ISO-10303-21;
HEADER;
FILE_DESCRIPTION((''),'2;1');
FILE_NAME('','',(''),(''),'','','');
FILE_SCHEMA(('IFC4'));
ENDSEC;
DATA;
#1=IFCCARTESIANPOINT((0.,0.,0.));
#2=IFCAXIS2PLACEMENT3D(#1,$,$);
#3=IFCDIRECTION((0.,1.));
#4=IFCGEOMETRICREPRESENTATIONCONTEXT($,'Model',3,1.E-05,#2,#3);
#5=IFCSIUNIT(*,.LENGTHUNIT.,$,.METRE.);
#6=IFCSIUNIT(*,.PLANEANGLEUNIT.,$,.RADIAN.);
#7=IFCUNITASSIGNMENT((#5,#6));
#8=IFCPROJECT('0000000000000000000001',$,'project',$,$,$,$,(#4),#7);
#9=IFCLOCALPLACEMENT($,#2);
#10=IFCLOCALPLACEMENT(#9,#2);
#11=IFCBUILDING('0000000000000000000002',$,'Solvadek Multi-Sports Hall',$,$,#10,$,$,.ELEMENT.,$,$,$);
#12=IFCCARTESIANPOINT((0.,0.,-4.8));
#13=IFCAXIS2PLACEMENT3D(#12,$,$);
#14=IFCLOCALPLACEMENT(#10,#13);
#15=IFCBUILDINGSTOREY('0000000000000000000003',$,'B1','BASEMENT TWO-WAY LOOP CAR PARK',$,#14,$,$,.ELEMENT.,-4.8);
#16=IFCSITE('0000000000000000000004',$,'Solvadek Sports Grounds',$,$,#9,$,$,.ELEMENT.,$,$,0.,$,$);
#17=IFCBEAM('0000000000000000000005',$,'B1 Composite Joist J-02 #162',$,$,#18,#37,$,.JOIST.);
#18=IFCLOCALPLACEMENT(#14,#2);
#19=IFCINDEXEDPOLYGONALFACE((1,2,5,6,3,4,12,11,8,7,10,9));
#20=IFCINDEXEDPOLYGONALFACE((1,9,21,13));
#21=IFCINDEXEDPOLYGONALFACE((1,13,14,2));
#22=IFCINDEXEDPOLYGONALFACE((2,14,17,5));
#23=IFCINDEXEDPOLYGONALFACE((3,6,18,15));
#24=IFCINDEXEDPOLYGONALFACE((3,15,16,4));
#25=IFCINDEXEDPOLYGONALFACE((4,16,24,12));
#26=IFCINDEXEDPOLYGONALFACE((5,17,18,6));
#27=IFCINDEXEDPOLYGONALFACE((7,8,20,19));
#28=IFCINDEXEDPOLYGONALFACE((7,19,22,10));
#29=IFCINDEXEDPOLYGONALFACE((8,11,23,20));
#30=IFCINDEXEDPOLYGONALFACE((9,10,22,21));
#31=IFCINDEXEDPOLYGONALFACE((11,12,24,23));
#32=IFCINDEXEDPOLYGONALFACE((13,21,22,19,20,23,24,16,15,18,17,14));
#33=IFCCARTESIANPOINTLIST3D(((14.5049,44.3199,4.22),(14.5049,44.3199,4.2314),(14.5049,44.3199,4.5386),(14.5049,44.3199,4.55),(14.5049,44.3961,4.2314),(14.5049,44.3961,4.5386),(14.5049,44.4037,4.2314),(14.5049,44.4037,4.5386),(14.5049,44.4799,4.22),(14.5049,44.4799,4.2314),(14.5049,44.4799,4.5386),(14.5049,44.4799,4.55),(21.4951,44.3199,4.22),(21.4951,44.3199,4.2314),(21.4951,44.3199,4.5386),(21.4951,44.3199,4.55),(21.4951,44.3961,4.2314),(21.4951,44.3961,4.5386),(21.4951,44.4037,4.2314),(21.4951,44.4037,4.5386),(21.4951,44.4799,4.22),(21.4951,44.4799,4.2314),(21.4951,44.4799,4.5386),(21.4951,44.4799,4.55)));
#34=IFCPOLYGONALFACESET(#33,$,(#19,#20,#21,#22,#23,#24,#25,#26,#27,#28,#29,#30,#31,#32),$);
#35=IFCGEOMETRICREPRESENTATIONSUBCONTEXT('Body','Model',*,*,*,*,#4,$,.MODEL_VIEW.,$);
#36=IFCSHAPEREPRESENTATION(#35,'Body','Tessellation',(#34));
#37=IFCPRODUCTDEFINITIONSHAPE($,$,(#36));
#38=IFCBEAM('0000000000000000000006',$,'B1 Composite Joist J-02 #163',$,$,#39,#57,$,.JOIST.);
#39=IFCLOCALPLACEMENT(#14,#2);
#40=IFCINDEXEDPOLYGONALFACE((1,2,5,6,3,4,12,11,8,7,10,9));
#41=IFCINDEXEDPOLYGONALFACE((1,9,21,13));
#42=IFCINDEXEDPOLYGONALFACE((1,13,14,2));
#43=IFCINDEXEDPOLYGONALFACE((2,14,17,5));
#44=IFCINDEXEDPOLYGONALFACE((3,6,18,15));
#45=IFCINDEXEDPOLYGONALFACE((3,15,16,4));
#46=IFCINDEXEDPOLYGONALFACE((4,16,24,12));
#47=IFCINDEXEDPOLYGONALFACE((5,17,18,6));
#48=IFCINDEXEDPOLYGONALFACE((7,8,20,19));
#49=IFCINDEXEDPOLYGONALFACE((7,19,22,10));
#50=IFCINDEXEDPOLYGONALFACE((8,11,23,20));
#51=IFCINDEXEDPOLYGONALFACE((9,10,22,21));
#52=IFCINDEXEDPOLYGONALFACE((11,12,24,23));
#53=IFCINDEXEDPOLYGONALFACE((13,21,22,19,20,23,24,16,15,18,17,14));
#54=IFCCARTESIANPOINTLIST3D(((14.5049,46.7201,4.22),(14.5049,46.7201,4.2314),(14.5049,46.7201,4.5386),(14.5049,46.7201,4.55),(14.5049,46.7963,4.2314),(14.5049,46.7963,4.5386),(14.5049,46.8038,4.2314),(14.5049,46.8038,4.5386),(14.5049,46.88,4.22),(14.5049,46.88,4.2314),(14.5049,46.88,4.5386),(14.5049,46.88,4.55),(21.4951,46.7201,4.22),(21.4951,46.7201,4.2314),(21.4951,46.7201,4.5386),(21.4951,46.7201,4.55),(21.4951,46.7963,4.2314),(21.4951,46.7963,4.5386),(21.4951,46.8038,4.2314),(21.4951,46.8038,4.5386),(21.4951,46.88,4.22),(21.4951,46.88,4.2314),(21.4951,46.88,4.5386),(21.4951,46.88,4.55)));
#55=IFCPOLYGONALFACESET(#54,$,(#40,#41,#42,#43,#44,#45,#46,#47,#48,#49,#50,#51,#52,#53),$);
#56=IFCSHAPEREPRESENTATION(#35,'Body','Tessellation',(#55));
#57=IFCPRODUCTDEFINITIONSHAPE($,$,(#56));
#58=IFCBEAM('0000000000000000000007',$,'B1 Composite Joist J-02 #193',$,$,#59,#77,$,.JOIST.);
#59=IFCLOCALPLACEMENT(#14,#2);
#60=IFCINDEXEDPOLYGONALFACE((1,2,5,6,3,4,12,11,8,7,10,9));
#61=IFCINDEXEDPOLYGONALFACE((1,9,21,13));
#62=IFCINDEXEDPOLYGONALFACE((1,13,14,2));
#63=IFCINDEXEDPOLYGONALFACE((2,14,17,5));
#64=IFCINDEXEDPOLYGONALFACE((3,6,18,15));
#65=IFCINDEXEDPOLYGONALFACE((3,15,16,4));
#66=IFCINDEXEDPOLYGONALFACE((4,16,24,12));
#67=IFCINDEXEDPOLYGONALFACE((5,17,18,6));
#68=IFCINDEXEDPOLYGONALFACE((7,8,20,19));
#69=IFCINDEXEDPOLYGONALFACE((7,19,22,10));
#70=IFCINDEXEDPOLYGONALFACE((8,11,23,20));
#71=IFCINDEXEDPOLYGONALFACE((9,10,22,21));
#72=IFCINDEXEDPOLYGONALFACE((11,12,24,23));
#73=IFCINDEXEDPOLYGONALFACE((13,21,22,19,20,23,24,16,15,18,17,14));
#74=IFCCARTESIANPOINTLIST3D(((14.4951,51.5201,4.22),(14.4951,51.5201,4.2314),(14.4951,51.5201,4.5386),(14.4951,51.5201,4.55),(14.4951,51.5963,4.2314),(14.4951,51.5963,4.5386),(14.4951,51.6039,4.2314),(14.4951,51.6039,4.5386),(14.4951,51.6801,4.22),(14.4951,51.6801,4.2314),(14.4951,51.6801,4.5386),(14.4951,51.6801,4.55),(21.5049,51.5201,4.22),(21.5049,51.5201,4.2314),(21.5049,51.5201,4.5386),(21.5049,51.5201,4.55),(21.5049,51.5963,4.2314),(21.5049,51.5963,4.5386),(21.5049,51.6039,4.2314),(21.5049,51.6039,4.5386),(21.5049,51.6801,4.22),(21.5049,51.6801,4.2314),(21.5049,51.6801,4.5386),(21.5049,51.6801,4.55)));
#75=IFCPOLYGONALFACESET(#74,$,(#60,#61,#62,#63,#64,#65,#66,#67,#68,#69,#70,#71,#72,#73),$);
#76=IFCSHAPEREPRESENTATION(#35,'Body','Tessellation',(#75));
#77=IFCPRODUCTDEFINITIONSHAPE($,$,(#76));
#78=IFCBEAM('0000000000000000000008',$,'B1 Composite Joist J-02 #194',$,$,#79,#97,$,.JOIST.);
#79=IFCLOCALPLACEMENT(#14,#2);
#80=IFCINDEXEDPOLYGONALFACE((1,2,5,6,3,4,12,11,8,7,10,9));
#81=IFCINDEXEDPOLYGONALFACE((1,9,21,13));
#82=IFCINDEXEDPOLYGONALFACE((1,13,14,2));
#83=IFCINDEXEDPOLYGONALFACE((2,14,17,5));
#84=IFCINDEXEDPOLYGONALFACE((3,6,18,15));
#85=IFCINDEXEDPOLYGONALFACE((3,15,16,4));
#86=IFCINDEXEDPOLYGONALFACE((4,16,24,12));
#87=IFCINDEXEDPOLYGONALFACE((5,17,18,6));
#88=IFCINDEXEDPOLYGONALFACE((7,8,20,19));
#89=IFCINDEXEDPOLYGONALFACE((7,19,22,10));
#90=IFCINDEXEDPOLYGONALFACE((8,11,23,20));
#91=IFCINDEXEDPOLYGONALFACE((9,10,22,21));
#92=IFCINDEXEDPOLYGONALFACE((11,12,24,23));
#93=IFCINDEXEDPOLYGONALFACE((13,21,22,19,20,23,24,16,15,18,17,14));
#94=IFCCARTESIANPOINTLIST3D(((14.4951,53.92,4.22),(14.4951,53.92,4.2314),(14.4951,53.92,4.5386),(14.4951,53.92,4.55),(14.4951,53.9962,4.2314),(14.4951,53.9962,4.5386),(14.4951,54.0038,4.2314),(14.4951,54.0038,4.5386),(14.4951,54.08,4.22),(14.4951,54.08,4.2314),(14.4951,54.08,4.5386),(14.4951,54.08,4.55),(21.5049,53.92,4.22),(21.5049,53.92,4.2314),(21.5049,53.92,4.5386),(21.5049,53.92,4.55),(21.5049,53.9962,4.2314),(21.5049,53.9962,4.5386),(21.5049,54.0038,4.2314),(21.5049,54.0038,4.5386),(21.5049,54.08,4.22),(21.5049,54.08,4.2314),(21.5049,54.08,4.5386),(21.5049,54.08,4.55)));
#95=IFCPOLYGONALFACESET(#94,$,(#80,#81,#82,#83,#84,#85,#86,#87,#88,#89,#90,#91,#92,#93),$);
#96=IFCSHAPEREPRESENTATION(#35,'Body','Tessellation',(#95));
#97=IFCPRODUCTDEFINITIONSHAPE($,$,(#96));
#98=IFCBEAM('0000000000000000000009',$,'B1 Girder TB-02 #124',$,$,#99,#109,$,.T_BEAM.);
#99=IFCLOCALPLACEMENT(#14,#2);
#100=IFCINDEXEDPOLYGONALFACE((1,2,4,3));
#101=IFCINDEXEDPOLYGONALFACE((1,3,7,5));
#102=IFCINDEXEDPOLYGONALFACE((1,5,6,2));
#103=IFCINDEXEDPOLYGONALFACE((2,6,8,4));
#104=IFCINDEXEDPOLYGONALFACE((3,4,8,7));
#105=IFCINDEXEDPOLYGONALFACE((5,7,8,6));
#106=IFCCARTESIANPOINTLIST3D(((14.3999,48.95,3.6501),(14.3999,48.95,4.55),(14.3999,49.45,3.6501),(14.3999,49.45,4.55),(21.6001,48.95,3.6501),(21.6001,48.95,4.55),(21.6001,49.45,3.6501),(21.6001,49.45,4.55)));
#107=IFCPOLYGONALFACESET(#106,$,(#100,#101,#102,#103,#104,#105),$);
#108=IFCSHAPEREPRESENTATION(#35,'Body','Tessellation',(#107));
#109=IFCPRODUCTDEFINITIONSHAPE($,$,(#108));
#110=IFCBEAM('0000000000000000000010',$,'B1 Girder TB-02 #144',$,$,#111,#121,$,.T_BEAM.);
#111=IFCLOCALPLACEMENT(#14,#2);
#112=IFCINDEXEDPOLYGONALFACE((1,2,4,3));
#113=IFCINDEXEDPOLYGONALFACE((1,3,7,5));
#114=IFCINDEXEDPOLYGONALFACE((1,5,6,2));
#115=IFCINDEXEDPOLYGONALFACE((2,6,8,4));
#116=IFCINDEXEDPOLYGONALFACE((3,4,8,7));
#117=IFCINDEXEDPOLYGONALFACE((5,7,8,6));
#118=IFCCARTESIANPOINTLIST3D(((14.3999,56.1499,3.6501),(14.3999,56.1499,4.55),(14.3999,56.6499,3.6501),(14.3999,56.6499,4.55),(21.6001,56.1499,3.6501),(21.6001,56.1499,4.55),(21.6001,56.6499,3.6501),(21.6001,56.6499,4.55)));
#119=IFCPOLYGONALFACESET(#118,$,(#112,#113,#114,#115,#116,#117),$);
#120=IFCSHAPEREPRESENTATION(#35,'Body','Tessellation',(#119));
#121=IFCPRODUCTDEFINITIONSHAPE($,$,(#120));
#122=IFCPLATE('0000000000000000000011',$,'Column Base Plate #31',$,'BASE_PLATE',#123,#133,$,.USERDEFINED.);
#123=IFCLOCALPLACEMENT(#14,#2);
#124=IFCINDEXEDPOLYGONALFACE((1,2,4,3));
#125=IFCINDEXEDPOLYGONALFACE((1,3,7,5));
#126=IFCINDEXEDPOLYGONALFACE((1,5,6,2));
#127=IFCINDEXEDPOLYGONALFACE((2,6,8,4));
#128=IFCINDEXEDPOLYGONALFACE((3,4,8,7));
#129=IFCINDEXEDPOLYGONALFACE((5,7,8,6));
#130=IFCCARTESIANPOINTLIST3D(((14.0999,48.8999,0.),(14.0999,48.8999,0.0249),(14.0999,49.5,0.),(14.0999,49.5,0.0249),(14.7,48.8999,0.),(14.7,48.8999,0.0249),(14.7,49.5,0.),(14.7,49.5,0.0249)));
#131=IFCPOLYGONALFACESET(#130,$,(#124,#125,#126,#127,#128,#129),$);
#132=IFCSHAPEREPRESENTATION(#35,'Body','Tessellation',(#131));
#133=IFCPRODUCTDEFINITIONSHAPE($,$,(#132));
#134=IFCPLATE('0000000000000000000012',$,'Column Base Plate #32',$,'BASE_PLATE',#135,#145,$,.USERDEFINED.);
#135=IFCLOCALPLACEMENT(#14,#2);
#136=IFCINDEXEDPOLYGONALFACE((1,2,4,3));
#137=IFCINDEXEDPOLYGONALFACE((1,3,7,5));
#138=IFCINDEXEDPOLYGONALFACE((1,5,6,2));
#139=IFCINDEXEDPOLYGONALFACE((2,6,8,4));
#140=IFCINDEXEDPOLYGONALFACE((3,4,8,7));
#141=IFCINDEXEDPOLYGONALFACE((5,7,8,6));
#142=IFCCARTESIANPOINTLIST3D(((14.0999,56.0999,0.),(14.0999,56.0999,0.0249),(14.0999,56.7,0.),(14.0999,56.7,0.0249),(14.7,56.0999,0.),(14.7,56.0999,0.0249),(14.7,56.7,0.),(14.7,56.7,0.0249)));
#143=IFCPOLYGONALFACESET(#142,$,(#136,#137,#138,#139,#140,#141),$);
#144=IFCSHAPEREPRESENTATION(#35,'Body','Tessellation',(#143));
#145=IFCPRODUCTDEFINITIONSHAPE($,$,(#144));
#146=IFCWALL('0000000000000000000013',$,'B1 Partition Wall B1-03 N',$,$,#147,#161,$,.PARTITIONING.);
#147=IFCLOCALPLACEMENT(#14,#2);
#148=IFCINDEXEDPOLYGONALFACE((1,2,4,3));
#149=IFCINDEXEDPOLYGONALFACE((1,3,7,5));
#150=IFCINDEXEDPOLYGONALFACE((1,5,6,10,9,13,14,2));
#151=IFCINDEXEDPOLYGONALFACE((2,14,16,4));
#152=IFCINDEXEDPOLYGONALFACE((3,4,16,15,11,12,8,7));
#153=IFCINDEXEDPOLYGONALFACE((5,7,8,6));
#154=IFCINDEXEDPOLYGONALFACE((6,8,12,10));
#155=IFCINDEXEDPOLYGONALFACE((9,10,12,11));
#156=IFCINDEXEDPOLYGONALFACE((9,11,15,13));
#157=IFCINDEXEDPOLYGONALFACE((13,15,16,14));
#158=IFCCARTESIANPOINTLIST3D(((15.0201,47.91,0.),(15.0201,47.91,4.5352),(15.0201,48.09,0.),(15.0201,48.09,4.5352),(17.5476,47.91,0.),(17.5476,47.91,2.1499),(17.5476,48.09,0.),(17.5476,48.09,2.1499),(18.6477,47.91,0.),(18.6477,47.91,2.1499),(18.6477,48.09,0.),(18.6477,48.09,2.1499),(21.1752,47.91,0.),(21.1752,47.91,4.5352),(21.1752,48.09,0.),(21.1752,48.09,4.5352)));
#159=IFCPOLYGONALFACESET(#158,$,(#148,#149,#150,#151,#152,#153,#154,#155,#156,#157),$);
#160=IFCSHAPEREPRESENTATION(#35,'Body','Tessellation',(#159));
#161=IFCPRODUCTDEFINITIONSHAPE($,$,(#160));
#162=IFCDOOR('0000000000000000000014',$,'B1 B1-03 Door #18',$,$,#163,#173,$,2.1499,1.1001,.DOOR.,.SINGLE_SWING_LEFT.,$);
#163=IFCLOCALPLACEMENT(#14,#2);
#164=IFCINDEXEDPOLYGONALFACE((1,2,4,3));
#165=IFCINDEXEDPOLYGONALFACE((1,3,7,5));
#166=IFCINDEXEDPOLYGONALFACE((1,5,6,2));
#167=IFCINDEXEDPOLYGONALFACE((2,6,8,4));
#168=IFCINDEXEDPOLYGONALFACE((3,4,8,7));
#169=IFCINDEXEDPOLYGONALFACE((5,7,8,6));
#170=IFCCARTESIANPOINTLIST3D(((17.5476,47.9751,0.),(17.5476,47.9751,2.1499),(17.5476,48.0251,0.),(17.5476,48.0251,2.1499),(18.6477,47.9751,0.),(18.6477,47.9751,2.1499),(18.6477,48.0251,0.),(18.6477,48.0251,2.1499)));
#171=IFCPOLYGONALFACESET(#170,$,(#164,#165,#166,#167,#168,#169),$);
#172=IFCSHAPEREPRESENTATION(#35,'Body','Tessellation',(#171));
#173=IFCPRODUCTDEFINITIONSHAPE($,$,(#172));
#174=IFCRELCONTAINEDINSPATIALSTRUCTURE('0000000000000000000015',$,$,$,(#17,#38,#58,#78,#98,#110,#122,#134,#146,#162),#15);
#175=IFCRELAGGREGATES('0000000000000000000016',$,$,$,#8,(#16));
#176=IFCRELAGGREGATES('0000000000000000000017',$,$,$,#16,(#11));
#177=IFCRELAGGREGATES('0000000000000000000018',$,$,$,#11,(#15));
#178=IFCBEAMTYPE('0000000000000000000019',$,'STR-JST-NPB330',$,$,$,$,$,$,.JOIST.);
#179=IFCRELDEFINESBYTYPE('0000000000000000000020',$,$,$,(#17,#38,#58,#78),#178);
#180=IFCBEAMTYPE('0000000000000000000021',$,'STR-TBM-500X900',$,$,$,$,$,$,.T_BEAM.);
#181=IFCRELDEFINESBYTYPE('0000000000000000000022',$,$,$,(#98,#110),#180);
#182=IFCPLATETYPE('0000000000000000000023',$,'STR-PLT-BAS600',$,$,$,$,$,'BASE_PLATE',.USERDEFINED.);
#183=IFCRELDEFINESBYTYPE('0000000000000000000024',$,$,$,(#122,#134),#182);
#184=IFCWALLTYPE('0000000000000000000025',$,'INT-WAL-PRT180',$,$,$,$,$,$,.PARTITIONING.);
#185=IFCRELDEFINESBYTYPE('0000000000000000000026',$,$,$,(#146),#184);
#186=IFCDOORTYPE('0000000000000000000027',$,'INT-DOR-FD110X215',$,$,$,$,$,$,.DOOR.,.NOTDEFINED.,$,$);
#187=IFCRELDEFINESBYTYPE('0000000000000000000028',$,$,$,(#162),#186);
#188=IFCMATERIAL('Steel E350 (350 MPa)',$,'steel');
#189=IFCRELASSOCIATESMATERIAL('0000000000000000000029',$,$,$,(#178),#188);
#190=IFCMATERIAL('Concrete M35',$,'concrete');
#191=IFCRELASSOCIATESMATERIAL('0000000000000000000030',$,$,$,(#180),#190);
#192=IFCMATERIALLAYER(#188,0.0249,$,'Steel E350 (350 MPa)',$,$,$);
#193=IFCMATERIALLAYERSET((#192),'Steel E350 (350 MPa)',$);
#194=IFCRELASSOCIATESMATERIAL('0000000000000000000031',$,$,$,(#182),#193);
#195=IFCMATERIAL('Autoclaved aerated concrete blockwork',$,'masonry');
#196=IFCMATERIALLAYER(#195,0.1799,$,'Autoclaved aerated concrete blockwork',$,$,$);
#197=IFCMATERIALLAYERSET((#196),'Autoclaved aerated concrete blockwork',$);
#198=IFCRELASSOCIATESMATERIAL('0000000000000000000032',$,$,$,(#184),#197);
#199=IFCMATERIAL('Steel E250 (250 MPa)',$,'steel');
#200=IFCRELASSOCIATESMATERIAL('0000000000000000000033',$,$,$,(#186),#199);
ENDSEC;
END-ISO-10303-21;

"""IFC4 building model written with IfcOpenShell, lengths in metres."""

from ifc_helpers import new_model, si_unit, direction, frame, frame_2d, origin, origin_2d, place, context, subcontext, project, spatial, rectangle, i_section, extrude, material, layer, layer_set, material_profile, profile_set, type_object, element, fill, save


model = new_model("IFC4")

# Units and contexts
model_context = context("Model", 3, precision=1e-05, world=origin(), true_north=direction((0.0, 1.0)))
body_context = subcontext(model_context, "Body", "Model", "MODEL_VIEW")
ifc_project = project(units=[si_unit("LENGTHUNIT", "METRE"), si_unit("PLANEANGLEUNIT", "RADIAN")], contexts=[model_context])

# Site, building, storey
site_placement = place(None, origin())
site = spatial("IfcSite", under=ifc_project, at=site_placement, Name="Solvadek Sports Grounds", CompositionType="ELEMENT", RefElevation=0.0)
building_placement = place(site_placement, origin())
building = spatial("IfcBuilding", under=site, at=building_placement, Name="Solvadek Multi-Sports Hall", CompositionType="ELEMENT")
storey_placement = place(building_placement, frame((0.0, 0.0, -4.8)))
storey = spatial("IfcBuildingStorey", under=building, at=storey_placement, Name="B1", Description="BASEMENT TWO-WAY LOOP CAR PARK", CompositionType="ELEMENT", Elevation=-4.8)

# Shared definitions
ifc_material_1 = material(Name="Concrete M35", Category="concrete")

# Shared definitions
ifc_material_2 = material(Name="Steel E350 (350 MPa)", Category="steel")

# Beams
ifc_material_profile_1 = material_profile(ifc_material_2, i_section(OverallWidth=0.1599, OverallDepth=0.3301, WebThickness=0.0076, FlangeThickness=0.0115, at=origin_2d()), Name="NPB 330")
ifc_profile_set_1 = profile_set([ifc_material_profile_1], Name="Steel E350 (350 MPa)")
beam_type_1 = type_object("IfcBeamType", Name="STR-JST-NPB330", PredefinedType="JOIST", material=ifc_profile_set_1)
for number, where, z_axis, x_axis, name in (
    (1, (14.5049, 44.3999, 4.385), (1.0, 0.0, 0.0), (0.0, 1.0, 0.0), "B1 Composite Joist J-02 #162"),
    (2, (14.5049, 46.8, 4.385), (1.0, 0.0, 0.0), (0.0, 1.0, 0.0), "B1 Composite Joist J-02 #163"),
):
    element("IfcBeam", number, at=place(storey_placement, frame(where, z_axis=z_axis, x_axis=x_axis)), inside=storey, type_object=beam_type_1, Name=name, PredefinedType="JOIST", context=body_context, shape_type="SweptSolid", body=[
        extrude(i_section(OverallWidth=0.1599, OverallDepth=0.3301, WebThickness=0.0076, FlangeThickness=0.0115, at=origin_2d()), origin(), (0.0, 0.0, 1.0), 6.9902),
    ])
for number, where, z_axis, x_axis, name in (
    (3, (14.4951, 51.6001, 4.385), (1.0, 0.0, 0.0), (0.0, 1.0, 0.0), "B1 Composite Joist J-02 #193"),
    (4, (14.4951, 54.0, 4.385), (1.0, 0.0, 0.0), (0.0, 1.0, 0.0), "B1 Composite Joist J-02 #194"),
):
    element("IfcBeam", number, at=place(storey_placement, frame(where, z_axis=z_axis, x_axis=x_axis)), inside=storey, type_object=beam_type_1, Name=name, PredefinedType="JOIST", context=body_context, shape_type="SweptSolid", body=[
        extrude(i_section(OverallWidth=0.1599, OverallDepth=0.3301, WebThickness=0.0076, FlangeThickness=0.0115, at=origin_2d()), origin(), (0.0, 0.0, 1.0), 7.0098),
    ])
ifc_material_profile_2 = material_profile(ifc_material_1, rectangle(XDim=0.5, YDim=0.8999, at=origin_2d()), Name="RC T-BEAM 500x900")
ifc_profile_set_2 = profile_set([ifc_material_profile_2], Name="Concrete M35")
beam_type_2 = type_object("IfcBeamType", Name="STR-TBM-500X900", PredefinedType="T_BEAM", material=ifc_profile_set_2)
for number, where, z_axis, x_axis, name in (
    (5, (14.3999, 49.2, 4.1001), (1.0, 0.0, 0.0), (0.0, 1.0, 0.0), "B1 Girder TB-02 #124"),
    (6, (14.3999, 56.3999, 4.1001), (1.0, 0.0, 0.0), (0.0, 1.0, 0.0), "B1 Girder TB-02 #144"),
):
    element("IfcBeam", number, at=place(storey_placement, frame(where, z_axis=z_axis, x_axis=x_axis)), inside=storey, type_object=beam_type_2, Name=name, PredefinedType="T_BEAM", context=body_context, shape_type="SweptSolid", body=[
        extrude(rectangle(XDim=0.5, YDim=0.8999, at=origin_2d()), origin(), (0.0, 0.0, 1.0), 7.2002),
    ])

# Plates
ifc_layer_1 = layer(ifc_material_2, 0.0249, Name="Steel E350 (350 MPa)")
ifc_layer_set_1 = layer_set([ifc_layer_1], Name="Steel E350 (350 MPa)")
plate_type = type_object("IfcPlateType", Name="STR-PLT-BAS600", ElementType="BASE_PLATE", PredefinedType="USERDEFINED", material=ifc_layer_set_1)
for number, where, z_axis, x_axis, name in (
    (7, (14.3999, 49.2, 0.0), (0.0, 0.0, 1.0), (1.0, 0.0, 0.0), "Column Base Plate #31"),
    (8, (14.3999, 56.3999, 0.0), (0.0, 0.0, 1.0), (1.0, 0.0, 0.0), "Column Base Plate #32"),
):
    element("IfcPlate", number, at=place(storey_placement, frame(where, z_axis=z_axis, x_axis=x_axis)), inside=storey, type_object=plate_type, Name=name, ObjectType="BASE_PLATE", PredefinedType="USERDEFINED", context=body_context, shape_type="SweptSolid", body=[
        extrude(rectangle(XDim=0.6001, YDim=0.6001, at=origin_2d()), origin(), (0.0, 0.0, 1.0), 0.0249),
    ])

# Wall, opening, door
ifc_material_3 = material(Name="Autoclaved aerated concrete blockwork", Category="masonry")
ifc_layer_2 = layer(ifc_material_3, 0.1799, Name="Autoclaved aerated concrete blockwork")
ifc_layer_set_2 = layer_set([ifc_layer_2], Name="Autoclaved aerated concrete blockwork")
wall_type = type_object("IfcWallType", Name="INT-WAL-PRT180", PredefinedType="PARTITIONING", material=ifc_layer_set_2)
wall_1_placement = place(storey_placement, frame((15.02, 48.0, 0.0), z_axis=(0.0, 0.0, 1.0), x_axis=(1.0, 0.0, 0.0)))
wall_1 = element("IfcWall", 9, at=wall_1_placement, inside=storey, type_object=wall_type, Name="B1 Partition Wall B1-03 N", PredefinedType="PARTITIONING", context=body_context, shape_type="SweptSolid", body=[
    extrude(rectangle(XDim=6.155, YDim=0.1799, at=frame_2d((3.0776, 0.0))), origin(), (0.0, 0.0, 1.0), 4.5352),
])
opening_1_placement = place(wall_1_placement, frame((2.5276, 0.0, 0.0)))
opening_1 = element("IfcOpeningElement", 10, at=opening_1_placement, cuts=wall_1, PredefinedType="OPENING", context=body_context, shape_type="SweptSolid", body=[
    extrude(rectangle(XDim=1.1001, YDim=2.1499, at=frame_2d((0.55, 1.075))), frame((0.0, 0.0999, 0.0), z_axis=(0.0, -1.0, 0.0), x_axis=(1.0, 0.0, 0.0)), (0.0, 0.0, 1.0), 0.2),
])
ifc_material_4 = material(Name="Steel E250 (250 MPa)", Category="steel")
door_type_1 = type_object("IfcDoorType", Name="INT-DOR-FD110X215", OperationType="NOTDEFINED", PredefinedType="DOOR", material=ifc_material_4)
door_1_placement = place(opening_1_placement, frame((1.1001, 0.0, 0.0), z_axis=(0.0, 0.0, 1.0), x_axis=(-1.0, 0.0, 0.0)))
door_1 = element("IfcDoor", 11, at=door_1_placement, inside=storey, type_object=door_type_1, Name="B1 B1-03 Door #18", OperationType="SINGLE_SWING_LEFT", OverallHeight=2.1499, OverallWidth=1.1001, PredefinedType="DOOR", context=body_context, shape_type="SweptSolid", body=[
    extrude(rectangle(XDim=1.1001, YDim=2.1499, at=frame_2d((0.55, 1.075))), frame((0.0, 0.0249, 0.0), z_axis=(0.0, -1.0, 0.0), x_axis=(1.0, 0.0, 0.0)), (0.0, 0.0, 1.0), 0.05),
])
fill(opening_1, door_1)

save(model, "model.ifc")
